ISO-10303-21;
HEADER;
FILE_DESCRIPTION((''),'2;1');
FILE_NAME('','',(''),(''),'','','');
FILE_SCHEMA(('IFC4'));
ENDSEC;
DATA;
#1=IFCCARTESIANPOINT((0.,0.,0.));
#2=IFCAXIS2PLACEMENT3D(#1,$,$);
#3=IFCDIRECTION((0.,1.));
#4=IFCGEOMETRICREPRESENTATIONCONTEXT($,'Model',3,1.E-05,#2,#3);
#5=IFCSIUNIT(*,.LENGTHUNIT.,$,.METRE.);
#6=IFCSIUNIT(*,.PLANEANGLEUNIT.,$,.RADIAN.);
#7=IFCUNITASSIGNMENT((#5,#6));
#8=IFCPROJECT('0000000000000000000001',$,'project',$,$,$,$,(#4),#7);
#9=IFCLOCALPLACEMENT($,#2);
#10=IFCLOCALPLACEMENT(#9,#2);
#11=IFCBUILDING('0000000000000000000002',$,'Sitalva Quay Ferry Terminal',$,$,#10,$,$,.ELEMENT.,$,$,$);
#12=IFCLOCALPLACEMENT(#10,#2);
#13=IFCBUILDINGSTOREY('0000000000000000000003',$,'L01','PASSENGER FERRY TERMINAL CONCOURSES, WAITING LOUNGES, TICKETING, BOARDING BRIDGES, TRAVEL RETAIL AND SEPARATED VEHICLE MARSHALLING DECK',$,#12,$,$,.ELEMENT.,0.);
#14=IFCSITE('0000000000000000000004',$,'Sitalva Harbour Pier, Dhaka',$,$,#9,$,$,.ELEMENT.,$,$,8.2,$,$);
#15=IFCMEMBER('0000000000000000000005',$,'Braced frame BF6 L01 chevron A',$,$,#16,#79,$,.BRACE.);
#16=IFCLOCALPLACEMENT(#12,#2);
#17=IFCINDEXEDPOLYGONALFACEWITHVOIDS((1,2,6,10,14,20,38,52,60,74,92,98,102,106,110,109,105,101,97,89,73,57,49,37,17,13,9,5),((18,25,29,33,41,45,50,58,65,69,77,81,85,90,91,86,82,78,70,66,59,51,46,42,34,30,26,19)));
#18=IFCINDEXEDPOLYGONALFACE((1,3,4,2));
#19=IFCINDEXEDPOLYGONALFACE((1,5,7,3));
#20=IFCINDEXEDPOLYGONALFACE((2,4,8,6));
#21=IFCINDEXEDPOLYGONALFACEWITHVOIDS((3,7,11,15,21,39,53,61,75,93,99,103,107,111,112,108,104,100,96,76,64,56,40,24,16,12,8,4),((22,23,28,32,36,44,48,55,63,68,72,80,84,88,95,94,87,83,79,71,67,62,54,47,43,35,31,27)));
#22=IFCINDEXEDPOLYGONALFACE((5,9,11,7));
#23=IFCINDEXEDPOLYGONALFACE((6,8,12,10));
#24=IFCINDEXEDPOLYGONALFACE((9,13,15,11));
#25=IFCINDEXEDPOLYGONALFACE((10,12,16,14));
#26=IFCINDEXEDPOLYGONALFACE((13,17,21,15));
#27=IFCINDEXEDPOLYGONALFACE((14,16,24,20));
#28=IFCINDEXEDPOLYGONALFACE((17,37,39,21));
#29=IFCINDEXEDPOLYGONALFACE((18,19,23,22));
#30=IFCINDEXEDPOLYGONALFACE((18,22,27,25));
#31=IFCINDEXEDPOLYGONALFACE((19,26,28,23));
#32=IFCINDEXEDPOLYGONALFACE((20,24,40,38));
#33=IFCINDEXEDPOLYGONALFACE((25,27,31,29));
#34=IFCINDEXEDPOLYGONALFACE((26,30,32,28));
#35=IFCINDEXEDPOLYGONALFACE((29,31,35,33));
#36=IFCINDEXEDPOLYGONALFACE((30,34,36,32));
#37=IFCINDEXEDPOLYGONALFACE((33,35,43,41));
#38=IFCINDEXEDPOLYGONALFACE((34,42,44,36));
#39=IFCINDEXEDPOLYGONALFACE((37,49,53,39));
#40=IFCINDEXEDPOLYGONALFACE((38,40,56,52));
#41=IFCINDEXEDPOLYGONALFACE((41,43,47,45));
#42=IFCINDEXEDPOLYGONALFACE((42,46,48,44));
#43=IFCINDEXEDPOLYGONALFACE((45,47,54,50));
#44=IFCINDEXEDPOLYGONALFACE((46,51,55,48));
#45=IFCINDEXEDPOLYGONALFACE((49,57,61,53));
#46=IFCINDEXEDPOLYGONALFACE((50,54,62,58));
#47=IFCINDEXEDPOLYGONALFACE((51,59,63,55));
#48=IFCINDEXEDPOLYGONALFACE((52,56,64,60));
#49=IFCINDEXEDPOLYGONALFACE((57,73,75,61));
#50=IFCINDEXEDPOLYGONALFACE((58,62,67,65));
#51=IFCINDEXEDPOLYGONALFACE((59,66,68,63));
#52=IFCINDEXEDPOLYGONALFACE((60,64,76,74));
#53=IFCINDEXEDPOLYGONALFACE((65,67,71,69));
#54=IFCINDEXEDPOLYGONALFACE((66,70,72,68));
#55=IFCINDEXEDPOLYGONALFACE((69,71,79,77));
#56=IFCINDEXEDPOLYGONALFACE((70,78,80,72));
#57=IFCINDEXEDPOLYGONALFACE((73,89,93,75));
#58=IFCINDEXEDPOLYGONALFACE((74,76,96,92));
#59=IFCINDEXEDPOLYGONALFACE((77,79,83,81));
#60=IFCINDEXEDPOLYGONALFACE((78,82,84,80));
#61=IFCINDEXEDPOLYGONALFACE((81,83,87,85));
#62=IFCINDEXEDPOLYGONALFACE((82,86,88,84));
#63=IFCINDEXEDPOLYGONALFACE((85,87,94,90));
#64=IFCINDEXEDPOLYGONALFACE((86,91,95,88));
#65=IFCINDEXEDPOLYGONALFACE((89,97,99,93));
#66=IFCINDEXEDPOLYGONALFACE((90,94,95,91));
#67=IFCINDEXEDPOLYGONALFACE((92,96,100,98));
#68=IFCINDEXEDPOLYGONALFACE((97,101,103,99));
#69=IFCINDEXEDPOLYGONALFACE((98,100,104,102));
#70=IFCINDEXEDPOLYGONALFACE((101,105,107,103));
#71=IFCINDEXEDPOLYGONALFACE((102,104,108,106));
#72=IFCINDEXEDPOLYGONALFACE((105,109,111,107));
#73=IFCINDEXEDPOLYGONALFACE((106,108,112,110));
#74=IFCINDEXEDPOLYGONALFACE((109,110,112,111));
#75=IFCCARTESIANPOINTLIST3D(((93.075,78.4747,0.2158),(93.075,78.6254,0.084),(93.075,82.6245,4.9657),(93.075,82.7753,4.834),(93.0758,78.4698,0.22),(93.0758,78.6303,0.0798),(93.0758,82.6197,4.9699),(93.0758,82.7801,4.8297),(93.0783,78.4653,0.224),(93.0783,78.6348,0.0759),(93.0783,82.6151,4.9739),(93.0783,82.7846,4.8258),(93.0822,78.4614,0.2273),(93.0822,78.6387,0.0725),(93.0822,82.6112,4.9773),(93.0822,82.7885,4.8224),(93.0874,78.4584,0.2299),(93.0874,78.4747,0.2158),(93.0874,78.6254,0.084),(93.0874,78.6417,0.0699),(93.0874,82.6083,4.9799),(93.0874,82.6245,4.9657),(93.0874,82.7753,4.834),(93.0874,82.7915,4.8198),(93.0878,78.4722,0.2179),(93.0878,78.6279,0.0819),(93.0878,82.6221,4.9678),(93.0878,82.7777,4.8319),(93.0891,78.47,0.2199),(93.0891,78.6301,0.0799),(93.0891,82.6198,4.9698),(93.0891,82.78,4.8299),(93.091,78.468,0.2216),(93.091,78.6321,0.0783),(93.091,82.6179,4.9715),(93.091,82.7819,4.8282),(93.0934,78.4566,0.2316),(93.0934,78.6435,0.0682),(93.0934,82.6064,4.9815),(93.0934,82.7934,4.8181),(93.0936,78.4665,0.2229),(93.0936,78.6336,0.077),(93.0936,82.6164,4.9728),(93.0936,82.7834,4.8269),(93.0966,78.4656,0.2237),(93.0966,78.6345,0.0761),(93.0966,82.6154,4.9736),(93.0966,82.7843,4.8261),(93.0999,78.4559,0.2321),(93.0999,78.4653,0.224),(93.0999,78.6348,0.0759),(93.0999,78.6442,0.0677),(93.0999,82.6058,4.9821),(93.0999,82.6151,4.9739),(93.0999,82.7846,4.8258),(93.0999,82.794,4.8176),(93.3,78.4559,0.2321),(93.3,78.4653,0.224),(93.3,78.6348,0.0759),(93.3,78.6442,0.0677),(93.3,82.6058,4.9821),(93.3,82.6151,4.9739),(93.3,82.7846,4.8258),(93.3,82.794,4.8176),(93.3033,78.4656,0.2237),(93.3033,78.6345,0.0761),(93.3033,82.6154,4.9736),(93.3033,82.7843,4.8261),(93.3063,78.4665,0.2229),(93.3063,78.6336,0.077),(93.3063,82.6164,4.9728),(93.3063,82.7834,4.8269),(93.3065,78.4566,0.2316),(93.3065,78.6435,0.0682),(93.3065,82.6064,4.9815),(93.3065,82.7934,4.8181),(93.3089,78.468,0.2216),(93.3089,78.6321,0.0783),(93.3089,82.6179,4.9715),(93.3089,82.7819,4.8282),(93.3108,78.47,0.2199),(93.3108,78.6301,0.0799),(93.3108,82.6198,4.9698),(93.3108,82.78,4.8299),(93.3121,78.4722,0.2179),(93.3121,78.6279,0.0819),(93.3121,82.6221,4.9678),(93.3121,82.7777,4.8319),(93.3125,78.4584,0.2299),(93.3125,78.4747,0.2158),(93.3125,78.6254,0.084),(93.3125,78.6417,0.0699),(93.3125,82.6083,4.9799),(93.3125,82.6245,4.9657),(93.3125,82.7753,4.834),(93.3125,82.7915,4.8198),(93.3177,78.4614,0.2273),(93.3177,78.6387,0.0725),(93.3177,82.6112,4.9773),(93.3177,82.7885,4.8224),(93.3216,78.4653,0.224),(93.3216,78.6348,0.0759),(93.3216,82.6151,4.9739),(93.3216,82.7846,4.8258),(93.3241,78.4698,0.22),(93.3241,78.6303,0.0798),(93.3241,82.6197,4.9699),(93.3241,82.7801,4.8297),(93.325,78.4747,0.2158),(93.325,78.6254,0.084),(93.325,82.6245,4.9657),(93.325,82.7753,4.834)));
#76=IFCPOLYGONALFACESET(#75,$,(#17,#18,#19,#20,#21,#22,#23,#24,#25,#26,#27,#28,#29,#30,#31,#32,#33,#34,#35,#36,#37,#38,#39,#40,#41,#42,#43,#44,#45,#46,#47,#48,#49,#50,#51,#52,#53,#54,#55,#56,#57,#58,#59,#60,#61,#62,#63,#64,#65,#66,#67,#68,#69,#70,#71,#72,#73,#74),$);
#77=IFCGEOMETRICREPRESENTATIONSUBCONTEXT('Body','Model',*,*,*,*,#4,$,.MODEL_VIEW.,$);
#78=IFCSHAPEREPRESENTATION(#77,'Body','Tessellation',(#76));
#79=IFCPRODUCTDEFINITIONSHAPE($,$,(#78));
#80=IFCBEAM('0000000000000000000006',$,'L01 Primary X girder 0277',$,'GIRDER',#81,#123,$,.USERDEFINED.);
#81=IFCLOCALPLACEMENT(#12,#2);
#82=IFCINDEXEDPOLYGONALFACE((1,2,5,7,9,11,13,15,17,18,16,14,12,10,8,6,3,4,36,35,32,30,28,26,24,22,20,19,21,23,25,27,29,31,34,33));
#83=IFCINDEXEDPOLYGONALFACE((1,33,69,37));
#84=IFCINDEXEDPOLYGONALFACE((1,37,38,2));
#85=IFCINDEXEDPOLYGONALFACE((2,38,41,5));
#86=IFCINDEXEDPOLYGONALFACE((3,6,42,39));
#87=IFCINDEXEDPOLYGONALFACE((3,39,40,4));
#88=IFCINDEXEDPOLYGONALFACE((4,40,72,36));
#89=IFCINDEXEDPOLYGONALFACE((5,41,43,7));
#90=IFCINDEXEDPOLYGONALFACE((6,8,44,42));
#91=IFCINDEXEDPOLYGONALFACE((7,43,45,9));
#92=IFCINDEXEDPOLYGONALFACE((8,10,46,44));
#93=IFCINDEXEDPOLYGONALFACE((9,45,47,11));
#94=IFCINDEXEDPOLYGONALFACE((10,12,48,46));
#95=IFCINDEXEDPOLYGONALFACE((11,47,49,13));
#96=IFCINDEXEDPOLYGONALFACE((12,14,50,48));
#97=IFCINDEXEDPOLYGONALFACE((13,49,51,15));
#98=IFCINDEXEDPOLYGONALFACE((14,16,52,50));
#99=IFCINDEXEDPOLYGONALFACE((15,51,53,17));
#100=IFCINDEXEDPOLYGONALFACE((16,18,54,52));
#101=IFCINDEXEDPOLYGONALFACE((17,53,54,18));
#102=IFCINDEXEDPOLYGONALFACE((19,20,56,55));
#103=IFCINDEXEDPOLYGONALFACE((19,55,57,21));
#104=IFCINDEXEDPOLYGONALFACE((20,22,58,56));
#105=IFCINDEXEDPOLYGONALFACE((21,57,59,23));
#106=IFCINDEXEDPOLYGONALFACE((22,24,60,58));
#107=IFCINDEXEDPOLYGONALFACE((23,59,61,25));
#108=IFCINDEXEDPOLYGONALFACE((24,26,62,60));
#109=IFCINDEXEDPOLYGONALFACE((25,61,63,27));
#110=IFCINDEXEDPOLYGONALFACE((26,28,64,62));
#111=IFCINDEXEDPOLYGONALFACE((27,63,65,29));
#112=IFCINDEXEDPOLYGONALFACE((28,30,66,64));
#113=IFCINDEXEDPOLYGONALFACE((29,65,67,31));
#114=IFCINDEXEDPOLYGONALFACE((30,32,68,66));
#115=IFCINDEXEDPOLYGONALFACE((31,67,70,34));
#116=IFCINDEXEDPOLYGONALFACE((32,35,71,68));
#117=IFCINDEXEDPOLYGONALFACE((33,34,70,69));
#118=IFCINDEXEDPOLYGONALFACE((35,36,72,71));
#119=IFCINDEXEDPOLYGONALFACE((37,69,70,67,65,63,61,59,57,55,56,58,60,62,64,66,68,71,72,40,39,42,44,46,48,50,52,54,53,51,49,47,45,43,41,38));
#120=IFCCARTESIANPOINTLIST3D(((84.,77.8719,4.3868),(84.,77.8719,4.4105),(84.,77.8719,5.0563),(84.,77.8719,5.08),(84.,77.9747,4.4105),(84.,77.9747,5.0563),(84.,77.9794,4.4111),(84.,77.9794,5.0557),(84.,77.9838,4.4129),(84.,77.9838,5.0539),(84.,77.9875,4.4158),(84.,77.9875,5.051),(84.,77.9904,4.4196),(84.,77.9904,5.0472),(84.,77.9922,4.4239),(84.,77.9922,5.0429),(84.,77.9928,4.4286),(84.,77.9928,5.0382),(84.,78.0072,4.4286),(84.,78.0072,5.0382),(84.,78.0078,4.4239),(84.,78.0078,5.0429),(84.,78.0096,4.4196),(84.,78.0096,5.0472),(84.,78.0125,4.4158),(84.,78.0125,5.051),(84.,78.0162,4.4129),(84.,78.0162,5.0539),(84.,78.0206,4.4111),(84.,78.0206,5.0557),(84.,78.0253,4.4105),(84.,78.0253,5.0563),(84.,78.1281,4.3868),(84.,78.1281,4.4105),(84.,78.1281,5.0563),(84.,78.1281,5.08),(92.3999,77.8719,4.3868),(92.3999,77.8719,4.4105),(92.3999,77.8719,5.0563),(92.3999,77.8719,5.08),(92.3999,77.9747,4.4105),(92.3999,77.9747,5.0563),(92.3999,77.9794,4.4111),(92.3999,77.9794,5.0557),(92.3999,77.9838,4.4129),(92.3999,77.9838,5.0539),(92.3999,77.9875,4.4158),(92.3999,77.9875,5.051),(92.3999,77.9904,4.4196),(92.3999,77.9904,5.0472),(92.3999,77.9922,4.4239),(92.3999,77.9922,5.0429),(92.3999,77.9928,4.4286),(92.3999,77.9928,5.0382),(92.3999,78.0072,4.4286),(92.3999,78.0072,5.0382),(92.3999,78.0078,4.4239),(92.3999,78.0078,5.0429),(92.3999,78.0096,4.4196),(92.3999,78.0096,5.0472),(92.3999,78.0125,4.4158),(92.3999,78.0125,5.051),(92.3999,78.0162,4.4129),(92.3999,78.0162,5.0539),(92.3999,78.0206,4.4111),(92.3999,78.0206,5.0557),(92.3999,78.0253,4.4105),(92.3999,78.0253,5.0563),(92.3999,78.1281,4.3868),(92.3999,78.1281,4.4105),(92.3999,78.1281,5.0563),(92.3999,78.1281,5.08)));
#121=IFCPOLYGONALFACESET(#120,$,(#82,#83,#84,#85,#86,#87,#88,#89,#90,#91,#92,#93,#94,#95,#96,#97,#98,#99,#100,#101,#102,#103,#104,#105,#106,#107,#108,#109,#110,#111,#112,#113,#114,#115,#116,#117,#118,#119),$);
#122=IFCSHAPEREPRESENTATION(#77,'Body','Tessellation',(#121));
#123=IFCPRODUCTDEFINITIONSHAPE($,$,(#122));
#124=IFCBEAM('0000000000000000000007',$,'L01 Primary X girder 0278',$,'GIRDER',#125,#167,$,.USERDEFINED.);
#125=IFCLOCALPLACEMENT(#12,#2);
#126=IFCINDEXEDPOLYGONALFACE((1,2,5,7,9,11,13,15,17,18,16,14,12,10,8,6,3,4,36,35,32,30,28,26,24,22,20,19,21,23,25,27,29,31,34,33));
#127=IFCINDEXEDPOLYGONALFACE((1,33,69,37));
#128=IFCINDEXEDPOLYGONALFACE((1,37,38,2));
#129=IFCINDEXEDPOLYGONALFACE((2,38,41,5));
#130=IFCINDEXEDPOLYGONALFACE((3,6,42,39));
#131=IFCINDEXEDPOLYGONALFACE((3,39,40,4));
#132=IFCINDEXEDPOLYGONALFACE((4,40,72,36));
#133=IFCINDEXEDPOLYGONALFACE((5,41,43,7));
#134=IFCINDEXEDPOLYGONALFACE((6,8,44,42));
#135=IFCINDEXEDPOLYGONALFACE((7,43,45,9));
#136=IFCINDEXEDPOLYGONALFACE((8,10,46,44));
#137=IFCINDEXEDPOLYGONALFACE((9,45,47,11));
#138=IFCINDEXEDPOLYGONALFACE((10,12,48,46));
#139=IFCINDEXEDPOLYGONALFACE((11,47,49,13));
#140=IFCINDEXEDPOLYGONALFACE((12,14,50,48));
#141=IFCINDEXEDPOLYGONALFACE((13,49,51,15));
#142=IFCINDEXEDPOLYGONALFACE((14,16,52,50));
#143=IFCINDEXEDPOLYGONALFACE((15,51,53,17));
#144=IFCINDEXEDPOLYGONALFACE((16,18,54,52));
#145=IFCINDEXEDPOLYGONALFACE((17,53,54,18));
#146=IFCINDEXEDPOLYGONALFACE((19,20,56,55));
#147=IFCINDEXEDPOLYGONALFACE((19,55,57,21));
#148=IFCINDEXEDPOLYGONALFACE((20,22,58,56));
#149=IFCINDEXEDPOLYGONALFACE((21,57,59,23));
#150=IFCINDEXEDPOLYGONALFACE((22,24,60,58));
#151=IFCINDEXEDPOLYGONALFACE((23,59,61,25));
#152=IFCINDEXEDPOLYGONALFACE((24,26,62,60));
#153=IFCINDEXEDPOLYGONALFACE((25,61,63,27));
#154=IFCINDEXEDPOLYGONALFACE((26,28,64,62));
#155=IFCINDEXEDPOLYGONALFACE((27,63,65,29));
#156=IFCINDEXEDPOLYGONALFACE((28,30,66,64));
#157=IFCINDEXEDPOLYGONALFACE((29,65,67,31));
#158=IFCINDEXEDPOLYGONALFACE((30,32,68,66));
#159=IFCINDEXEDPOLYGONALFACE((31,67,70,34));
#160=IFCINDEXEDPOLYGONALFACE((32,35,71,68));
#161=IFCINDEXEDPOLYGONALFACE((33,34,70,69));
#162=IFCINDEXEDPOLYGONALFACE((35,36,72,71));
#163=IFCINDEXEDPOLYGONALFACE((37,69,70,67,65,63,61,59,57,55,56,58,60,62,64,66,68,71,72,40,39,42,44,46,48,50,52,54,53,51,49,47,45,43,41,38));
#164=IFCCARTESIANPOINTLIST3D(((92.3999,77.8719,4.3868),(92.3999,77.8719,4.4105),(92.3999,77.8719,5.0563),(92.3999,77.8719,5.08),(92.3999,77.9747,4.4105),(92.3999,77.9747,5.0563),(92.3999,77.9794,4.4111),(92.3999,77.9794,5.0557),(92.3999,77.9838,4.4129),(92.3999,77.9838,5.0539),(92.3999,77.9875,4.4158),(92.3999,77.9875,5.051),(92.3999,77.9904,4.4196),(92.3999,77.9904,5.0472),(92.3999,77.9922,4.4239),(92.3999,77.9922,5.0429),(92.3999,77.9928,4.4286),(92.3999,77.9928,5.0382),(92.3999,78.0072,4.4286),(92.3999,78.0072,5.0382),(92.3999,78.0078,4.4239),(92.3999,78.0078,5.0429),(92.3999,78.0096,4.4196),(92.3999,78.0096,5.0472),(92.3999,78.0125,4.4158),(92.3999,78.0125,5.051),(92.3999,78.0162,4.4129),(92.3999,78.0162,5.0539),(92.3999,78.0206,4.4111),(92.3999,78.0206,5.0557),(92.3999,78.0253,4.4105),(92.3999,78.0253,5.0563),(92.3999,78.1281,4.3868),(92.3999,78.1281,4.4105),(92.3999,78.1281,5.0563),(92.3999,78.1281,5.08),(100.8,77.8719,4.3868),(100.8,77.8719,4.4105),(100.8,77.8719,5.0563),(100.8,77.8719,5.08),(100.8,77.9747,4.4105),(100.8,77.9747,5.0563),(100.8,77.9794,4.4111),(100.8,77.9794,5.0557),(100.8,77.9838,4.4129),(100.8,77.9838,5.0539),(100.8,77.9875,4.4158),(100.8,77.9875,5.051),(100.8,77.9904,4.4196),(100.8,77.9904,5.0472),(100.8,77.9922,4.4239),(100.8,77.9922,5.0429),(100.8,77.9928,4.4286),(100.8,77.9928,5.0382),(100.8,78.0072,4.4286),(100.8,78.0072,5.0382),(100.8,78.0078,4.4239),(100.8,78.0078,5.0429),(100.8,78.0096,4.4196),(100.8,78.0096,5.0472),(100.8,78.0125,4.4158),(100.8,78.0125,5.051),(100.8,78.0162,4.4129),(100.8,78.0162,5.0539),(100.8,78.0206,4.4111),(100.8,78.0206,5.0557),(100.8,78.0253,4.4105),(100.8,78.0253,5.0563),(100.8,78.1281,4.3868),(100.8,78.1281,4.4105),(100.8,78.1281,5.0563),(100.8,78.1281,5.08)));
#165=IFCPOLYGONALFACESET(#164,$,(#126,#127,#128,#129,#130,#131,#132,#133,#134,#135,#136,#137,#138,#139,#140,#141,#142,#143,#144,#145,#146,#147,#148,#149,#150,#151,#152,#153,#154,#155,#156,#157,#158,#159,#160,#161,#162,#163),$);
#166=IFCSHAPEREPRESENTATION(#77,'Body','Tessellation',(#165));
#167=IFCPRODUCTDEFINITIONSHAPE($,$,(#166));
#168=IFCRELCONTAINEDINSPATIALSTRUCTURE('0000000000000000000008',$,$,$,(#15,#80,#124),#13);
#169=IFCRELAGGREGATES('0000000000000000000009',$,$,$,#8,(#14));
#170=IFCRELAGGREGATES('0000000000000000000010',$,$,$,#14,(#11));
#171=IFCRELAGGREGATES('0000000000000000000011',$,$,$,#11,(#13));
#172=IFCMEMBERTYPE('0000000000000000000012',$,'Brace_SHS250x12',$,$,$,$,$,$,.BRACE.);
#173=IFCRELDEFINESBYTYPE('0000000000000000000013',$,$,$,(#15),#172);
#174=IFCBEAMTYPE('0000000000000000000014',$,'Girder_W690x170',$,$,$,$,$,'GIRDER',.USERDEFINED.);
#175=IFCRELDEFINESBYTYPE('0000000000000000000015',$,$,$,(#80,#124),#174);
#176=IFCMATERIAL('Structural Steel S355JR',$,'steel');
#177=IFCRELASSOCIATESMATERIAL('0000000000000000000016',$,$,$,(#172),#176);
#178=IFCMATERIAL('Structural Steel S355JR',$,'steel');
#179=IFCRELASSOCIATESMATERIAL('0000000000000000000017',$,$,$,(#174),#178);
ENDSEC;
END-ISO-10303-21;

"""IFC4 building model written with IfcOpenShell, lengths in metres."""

from ifc_helpers import new_model, si_unit, direction, frame, origin, origin_2d, place, context, subcontext, project, spatial, hollow_rectangle, i_section, extrude, material, material_profile, profile_set, type_object, element, save


model = new_model("IFC4")

# Units and contexts
model_context = context("Model", 3, precision=1e-05, world=origin(), true_north=direction((0.0, 1.0)))
body_context = subcontext(model_context, "Body", "Model", "MODEL_VIEW")
ifc_project = project(units=[si_unit("LENGTHUNIT", "METRE"), si_unit("PLANEANGLEUNIT", "RADIAN")], contexts=[model_context])

# Site, building, storey
site_placement = place(None, origin())
site = spatial("IfcSite", under=ifc_project, at=site_placement, Name="Sitalva Harbour Pier, Dhaka", CompositionType="ELEMENT", RefElevation=8.2)
building_placement = place(site_placement, origin())
building = spatial("IfcBuilding", under=site, at=building_placement, Name="Sitalva Quay Ferry Terminal", CompositionType="ELEMENT")
storey_placement = place(building_placement, origin())
storey = spatial("IfcBuildingStorey", under=building, at=storey_placement, Name="L01", Description="PASSENGER FERRY TERMINAL CONCOURSES, WAITING LOUNGES, TICKETING, BOARDING BRIDGES, TRAVEL RETAIL AND SEPARATED VEHICLE MARSHALLING DECK", CompositionType="ELEMENT", Elevation=0.0)

# Member
ifc_material_1 = material(Name="Structural Steel S355JR", Category="steel")
ifc_material_profile_1 = material_profile(ifc_material_1, hollow_rectangle(XDim=0.25, YDim=0.25, WallThickness=0.0125, InnerFilletRadius=0.0125, OuterFilletRadius=0.0249, at=origin_2d()), Name="SHS250x250x12.5")
ifc_profile_set_1 = profile_set([ifc_material_profile_1], Name="Structural Steel S355JR")
member_type = type_object("IfcMemberType", Name="Brace_SHS250x12", PredefinedType="BRACE", material=ifc_profile_set_1)
member_placement = place(storey_placement, frame((93.2, 78.55, 0.1499), z_axis=(0.0, 0.657934, 0.753075), x_axis=(-1.0, 0.0, 0.0)))
element("IfcMember", 1, at=member_placement, inside=storey, type_object=member_type, Name="Braced frame BF6 L01 chevron A", PredefinedType="BRACE", context=body_context, shape_type="SweptSolid", body=[
    extrude(hollow_rectangle(XDim=0.25, YDim=0.25, WallThickness=0.0125, InnerFilletRadius=0.0125, OuterFilletRadius=0.0249, at=origin_2d()), origin(), (0.0, 0.0, 1.0), 6.3074),
])

# Beams
ifc_material_2 = material(Name="Structural Steel S355JR", Category="steel")
ifc_material_profile_2 = material_profile(ifc_material_2, i_section(OverallWidth=0.2561, OverallDepth=0.6931, WebThickness=0.0144, FlangeThickness=0.0237, FilletRadius=0.0181, at=origin_2d()), Name="W690x170")
ifc_profile_set_2 = profile_set([ifc_material_profile_2], Name="Structural Steel S355JR")
beam_type_1 = type_object("IfcBeamType", Name="Girder_W690x170", ElementType="GIRDER", PredefinedType="USERDEFINED", material=ifc_profile_set_2)
beam_1_placement = place(storey_placement, frame((84.0, 78.0, 4.7334), z_axis=(1.0, 0.0, 0.0), x_axis=(0.0, 1.0, 0.0)))
element("IfcBeam", 2, at=beam_1_placement, inside=storey, type_object=beam_type_1, Name="L01 Primary X girder 0277", ObjectType="GIRDER", PredefinedType="USERDEFINED", context=body_context, shape_type="SweptSolid", body=[
    extrude(i_section(OverallWidth=0.2561, OverallDepth=0.6931, WebThickness=0.0144, FlangeThickness=0.0237, FilletRadius=0.0181, at=origin_2d()), origin(), (0.0, 0.0, 1.0), 8.3999),
])
beam_2_placement = place(storey_placement, frame((92.3999, 78.0, 4.7334), z_axis=(1.0, 0.0, 0.0), x_axis=(0.0, 1.0, 0.0)))
element("IfcBeam", 3, at=beam_2_placement, inside=storey, type_object=beam_type_1, Name="L01 Primary X girder 0278", ObjectType="GIRDER", PredefinedType="USERDEFINED", context=body_context, shape_type="SweptSolid", body=[
    extrude(i_section(OverallWidth=0.2561, OverallDepth=0.6931, WebThickness=0.0144, FlangeThickness=0.0237, FilletRadius=0.0181, at=origin_2d()), origin(), (0.0, 0.0, 1.0), 8.4001),
])

save(model, "model.ifc")
